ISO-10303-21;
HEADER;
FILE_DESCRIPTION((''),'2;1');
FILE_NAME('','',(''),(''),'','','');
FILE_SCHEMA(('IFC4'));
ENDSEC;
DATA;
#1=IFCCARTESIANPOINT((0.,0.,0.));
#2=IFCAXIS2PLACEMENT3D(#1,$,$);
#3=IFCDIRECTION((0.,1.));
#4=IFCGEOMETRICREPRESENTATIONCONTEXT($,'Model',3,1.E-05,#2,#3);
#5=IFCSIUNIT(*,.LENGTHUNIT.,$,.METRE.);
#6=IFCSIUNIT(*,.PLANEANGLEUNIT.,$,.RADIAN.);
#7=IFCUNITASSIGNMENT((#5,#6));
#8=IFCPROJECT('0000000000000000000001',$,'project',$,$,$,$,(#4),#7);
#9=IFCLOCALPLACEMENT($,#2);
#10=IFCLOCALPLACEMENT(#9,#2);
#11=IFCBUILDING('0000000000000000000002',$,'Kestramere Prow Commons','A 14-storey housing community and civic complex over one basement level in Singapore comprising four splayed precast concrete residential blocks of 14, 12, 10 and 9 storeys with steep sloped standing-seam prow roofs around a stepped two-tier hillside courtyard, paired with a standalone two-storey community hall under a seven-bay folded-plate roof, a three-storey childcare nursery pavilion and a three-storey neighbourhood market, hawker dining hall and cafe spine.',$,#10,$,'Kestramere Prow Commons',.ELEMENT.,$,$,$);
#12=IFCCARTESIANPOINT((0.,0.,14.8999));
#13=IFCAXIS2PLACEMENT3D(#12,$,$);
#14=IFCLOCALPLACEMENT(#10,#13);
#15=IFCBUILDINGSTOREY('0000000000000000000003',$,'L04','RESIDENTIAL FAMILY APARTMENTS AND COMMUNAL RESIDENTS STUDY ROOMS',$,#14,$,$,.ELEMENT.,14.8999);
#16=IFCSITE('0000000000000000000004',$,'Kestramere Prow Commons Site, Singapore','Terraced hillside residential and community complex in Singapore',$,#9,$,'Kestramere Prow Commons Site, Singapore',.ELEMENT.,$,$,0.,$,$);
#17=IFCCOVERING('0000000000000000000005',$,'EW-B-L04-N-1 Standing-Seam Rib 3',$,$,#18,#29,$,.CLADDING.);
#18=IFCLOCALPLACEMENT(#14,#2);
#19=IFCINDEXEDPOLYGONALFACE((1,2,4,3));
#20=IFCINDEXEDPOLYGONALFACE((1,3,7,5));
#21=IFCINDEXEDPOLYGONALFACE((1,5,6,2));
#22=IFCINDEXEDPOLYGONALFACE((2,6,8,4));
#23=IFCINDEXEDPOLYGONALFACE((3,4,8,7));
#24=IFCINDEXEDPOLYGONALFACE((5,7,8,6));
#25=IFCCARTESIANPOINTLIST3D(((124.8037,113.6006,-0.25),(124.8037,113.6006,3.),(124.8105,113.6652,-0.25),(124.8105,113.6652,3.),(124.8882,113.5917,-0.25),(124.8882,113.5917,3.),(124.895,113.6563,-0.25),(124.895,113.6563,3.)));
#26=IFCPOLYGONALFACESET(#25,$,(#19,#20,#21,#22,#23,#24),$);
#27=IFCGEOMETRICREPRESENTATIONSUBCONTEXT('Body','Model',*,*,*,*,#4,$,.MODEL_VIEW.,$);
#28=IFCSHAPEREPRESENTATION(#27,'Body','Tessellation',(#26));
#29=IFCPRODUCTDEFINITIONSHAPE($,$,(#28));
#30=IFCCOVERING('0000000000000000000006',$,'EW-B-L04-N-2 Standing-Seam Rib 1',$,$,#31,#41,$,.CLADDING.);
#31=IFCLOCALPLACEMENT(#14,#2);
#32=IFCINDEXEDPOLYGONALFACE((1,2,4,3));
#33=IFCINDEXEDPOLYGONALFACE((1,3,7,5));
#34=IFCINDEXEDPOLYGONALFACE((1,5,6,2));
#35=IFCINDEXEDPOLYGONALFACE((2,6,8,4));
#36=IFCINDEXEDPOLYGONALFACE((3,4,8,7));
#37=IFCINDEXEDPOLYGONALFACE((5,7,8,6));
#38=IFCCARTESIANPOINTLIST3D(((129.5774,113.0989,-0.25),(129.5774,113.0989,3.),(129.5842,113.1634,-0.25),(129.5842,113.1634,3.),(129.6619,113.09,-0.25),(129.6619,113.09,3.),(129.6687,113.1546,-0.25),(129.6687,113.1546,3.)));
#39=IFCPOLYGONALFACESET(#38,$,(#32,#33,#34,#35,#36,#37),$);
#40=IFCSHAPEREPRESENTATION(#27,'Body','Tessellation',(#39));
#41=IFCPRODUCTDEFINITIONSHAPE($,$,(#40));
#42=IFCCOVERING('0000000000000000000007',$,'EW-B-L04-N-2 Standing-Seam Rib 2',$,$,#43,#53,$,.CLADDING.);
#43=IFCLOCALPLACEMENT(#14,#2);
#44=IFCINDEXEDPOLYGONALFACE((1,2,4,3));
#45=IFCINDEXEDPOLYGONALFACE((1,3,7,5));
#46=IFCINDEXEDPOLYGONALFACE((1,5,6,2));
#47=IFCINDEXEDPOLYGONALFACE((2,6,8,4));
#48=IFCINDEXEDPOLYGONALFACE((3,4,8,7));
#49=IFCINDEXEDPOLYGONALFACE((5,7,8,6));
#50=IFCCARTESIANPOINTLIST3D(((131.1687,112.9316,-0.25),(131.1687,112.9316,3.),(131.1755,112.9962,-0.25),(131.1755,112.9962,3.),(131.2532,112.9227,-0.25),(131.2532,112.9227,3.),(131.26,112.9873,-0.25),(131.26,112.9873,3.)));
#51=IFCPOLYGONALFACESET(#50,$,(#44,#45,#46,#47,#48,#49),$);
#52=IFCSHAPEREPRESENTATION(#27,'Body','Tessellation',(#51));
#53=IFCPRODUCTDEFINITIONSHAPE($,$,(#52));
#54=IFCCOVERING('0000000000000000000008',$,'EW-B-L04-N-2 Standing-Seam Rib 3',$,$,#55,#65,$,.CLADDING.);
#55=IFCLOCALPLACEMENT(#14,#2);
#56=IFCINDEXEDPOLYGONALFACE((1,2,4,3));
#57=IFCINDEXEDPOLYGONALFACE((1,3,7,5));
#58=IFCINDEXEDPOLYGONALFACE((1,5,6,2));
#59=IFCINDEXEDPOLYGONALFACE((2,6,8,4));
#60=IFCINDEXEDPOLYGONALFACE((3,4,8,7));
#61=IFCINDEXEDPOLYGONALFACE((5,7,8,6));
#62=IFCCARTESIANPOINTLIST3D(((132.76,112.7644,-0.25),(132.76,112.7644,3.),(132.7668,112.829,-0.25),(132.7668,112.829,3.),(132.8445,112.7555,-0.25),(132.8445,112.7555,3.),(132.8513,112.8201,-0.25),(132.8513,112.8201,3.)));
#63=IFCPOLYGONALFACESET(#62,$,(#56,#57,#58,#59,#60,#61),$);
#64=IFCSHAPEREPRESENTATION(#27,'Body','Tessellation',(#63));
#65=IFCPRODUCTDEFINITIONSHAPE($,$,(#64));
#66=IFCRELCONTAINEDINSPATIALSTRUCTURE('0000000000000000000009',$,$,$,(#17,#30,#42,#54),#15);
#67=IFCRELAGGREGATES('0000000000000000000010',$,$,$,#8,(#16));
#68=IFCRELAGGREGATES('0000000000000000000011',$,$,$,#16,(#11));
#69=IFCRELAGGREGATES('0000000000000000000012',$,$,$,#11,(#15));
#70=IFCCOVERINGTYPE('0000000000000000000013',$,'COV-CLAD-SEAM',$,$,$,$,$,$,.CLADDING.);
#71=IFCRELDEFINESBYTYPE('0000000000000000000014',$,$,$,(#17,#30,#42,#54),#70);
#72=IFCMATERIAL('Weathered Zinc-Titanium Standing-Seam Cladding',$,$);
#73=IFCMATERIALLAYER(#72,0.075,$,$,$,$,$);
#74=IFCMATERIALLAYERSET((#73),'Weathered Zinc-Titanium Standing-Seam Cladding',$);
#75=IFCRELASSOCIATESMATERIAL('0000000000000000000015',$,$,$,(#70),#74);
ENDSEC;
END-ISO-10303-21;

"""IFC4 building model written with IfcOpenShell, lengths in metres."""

from ifc_helpers import new_model, si_unit, direction, frame, origin, origin_2d, place, context, subcontext, project, spatial, rectangle, extrude, material, layer, layer_set, type_object, element, save


model = new_model("IFC4")

# Units and contexts
model_context = context("Model", 3, precision=1e-05, world=origin(), true_north=direction((0.0, 1.0)))
body_context = subcontext(model_context, "Body", "Model", "MODEL_VIEW")
ifc_project = project(units=[si_unit("LENGTHUNIT", "METRE"), si_unit("PLANEANGLEUNIT", "RADIAN")], contexts=[model_context])

# Site, building, storey
site_placement = place(None, origin())
site = spatial("IfcSite", under=ifc_project, at=site_placement, Name="Kestramere Prow Commons Site, Singapore", Description="Terraced hillside residential and community complex in Singapore", LongName="Kestramere Prow Commons Site, Singapore", CompositionType="ELEMENT", RefElevation=0.0)
building_placement = place(site_placement, origin())
building = spatial("IfcBuilding", under=site, at=building_placement, Name="Kestramere Prow Commons", Description="A 14-storey housing community and civic complex over one basement level in Singapore comprising four splayed precast concrete residential blocks of 14, 12, 10 and 9 storeys with steep sloped standing-seam prow roofs around a stepped two-tier hillside courtyard, paired with a standalone two-storey community hall under a seven-bay folded-plate roof, a three-storey childcare nursery pavilion and a three-storey neighbourhood market, hawker dining hall and cafe spine.", LongName="Kestramere Prow Commons", CompositionType="ELEMENT")
storey_placement = place(building_placement, frame((0.0, 0.0, 14.8999)))
storey = spatial("IfcBuildingStorey", under=building, at=storey_placement, Name="L04", Description="RESIDENTIAL FAMILY APARTMENTS AND COMMUNAL RESIDENTS STUDY ROOMS", CompositionType="ELEMENT", Elevation=14.8999)

# Coverings
ifc_material_1 = material(Name="Weathered Zinc-Titanium Standing-Seam Cladding")
ifc_layer_1 = layer(ifc_material_1, 0.075)
ifc_layer_set_1 = layer_set([ifc_layer_1], Name="Weathered Zinc-Titanium Standing-Seam Cladding")
covering_type = type_object("IfcCoveringType", Name="COV-CLAD-SEAM", PredefinedType="CLADDING", material=ifc_layer_set_1)
for number, where, z_axis, x_axis, name in (
    (1, (124.8494, 113.6284, -0.25), (0.0, 0.0, 1.0), (0.994522, -0.104528, 0.0), "EW-B-L04-N-1 Standing-Seam Rib 3"),
    (2, (129.623, 113.1267, -0.25), (0.0, 0.0, 1.0), (0.994522, -0.104528, 0.0), "EW-B-L04-N-2 Standing-Seam Rib 1"),
    (3, (131.2144, 112.9595, -0.25), (0.0, 0.0, 1.0), (0.994522, -0.104528, 0.0), "EW-B-L04-N-2 Standing-Seam Rib 2"),
    (4, (132.8057, 112.7922, -0.25), (0.0, 0.0, 1.0), (0.994522, -0.104528, 0.0), "EW-B-L04-N-2 Standing-Seam Rib 3"),
):
    element("IfcCovering", number, at=place(storey_placement, frame(where, z_axis=z_axis, x_axis=x_axis)), inside=storey, type_object=covering_type, Name=name, PredefinedType="CLADDING", context=body_context, shape_type="SweptSolid", body=[
        extrude(rectangle(XDim=0.085, YDim=0.0649, at=origin_2d()), origin(), (0.0, 0.0, 1.0), 3.25),
    ])

save(model, "model.ifc")
